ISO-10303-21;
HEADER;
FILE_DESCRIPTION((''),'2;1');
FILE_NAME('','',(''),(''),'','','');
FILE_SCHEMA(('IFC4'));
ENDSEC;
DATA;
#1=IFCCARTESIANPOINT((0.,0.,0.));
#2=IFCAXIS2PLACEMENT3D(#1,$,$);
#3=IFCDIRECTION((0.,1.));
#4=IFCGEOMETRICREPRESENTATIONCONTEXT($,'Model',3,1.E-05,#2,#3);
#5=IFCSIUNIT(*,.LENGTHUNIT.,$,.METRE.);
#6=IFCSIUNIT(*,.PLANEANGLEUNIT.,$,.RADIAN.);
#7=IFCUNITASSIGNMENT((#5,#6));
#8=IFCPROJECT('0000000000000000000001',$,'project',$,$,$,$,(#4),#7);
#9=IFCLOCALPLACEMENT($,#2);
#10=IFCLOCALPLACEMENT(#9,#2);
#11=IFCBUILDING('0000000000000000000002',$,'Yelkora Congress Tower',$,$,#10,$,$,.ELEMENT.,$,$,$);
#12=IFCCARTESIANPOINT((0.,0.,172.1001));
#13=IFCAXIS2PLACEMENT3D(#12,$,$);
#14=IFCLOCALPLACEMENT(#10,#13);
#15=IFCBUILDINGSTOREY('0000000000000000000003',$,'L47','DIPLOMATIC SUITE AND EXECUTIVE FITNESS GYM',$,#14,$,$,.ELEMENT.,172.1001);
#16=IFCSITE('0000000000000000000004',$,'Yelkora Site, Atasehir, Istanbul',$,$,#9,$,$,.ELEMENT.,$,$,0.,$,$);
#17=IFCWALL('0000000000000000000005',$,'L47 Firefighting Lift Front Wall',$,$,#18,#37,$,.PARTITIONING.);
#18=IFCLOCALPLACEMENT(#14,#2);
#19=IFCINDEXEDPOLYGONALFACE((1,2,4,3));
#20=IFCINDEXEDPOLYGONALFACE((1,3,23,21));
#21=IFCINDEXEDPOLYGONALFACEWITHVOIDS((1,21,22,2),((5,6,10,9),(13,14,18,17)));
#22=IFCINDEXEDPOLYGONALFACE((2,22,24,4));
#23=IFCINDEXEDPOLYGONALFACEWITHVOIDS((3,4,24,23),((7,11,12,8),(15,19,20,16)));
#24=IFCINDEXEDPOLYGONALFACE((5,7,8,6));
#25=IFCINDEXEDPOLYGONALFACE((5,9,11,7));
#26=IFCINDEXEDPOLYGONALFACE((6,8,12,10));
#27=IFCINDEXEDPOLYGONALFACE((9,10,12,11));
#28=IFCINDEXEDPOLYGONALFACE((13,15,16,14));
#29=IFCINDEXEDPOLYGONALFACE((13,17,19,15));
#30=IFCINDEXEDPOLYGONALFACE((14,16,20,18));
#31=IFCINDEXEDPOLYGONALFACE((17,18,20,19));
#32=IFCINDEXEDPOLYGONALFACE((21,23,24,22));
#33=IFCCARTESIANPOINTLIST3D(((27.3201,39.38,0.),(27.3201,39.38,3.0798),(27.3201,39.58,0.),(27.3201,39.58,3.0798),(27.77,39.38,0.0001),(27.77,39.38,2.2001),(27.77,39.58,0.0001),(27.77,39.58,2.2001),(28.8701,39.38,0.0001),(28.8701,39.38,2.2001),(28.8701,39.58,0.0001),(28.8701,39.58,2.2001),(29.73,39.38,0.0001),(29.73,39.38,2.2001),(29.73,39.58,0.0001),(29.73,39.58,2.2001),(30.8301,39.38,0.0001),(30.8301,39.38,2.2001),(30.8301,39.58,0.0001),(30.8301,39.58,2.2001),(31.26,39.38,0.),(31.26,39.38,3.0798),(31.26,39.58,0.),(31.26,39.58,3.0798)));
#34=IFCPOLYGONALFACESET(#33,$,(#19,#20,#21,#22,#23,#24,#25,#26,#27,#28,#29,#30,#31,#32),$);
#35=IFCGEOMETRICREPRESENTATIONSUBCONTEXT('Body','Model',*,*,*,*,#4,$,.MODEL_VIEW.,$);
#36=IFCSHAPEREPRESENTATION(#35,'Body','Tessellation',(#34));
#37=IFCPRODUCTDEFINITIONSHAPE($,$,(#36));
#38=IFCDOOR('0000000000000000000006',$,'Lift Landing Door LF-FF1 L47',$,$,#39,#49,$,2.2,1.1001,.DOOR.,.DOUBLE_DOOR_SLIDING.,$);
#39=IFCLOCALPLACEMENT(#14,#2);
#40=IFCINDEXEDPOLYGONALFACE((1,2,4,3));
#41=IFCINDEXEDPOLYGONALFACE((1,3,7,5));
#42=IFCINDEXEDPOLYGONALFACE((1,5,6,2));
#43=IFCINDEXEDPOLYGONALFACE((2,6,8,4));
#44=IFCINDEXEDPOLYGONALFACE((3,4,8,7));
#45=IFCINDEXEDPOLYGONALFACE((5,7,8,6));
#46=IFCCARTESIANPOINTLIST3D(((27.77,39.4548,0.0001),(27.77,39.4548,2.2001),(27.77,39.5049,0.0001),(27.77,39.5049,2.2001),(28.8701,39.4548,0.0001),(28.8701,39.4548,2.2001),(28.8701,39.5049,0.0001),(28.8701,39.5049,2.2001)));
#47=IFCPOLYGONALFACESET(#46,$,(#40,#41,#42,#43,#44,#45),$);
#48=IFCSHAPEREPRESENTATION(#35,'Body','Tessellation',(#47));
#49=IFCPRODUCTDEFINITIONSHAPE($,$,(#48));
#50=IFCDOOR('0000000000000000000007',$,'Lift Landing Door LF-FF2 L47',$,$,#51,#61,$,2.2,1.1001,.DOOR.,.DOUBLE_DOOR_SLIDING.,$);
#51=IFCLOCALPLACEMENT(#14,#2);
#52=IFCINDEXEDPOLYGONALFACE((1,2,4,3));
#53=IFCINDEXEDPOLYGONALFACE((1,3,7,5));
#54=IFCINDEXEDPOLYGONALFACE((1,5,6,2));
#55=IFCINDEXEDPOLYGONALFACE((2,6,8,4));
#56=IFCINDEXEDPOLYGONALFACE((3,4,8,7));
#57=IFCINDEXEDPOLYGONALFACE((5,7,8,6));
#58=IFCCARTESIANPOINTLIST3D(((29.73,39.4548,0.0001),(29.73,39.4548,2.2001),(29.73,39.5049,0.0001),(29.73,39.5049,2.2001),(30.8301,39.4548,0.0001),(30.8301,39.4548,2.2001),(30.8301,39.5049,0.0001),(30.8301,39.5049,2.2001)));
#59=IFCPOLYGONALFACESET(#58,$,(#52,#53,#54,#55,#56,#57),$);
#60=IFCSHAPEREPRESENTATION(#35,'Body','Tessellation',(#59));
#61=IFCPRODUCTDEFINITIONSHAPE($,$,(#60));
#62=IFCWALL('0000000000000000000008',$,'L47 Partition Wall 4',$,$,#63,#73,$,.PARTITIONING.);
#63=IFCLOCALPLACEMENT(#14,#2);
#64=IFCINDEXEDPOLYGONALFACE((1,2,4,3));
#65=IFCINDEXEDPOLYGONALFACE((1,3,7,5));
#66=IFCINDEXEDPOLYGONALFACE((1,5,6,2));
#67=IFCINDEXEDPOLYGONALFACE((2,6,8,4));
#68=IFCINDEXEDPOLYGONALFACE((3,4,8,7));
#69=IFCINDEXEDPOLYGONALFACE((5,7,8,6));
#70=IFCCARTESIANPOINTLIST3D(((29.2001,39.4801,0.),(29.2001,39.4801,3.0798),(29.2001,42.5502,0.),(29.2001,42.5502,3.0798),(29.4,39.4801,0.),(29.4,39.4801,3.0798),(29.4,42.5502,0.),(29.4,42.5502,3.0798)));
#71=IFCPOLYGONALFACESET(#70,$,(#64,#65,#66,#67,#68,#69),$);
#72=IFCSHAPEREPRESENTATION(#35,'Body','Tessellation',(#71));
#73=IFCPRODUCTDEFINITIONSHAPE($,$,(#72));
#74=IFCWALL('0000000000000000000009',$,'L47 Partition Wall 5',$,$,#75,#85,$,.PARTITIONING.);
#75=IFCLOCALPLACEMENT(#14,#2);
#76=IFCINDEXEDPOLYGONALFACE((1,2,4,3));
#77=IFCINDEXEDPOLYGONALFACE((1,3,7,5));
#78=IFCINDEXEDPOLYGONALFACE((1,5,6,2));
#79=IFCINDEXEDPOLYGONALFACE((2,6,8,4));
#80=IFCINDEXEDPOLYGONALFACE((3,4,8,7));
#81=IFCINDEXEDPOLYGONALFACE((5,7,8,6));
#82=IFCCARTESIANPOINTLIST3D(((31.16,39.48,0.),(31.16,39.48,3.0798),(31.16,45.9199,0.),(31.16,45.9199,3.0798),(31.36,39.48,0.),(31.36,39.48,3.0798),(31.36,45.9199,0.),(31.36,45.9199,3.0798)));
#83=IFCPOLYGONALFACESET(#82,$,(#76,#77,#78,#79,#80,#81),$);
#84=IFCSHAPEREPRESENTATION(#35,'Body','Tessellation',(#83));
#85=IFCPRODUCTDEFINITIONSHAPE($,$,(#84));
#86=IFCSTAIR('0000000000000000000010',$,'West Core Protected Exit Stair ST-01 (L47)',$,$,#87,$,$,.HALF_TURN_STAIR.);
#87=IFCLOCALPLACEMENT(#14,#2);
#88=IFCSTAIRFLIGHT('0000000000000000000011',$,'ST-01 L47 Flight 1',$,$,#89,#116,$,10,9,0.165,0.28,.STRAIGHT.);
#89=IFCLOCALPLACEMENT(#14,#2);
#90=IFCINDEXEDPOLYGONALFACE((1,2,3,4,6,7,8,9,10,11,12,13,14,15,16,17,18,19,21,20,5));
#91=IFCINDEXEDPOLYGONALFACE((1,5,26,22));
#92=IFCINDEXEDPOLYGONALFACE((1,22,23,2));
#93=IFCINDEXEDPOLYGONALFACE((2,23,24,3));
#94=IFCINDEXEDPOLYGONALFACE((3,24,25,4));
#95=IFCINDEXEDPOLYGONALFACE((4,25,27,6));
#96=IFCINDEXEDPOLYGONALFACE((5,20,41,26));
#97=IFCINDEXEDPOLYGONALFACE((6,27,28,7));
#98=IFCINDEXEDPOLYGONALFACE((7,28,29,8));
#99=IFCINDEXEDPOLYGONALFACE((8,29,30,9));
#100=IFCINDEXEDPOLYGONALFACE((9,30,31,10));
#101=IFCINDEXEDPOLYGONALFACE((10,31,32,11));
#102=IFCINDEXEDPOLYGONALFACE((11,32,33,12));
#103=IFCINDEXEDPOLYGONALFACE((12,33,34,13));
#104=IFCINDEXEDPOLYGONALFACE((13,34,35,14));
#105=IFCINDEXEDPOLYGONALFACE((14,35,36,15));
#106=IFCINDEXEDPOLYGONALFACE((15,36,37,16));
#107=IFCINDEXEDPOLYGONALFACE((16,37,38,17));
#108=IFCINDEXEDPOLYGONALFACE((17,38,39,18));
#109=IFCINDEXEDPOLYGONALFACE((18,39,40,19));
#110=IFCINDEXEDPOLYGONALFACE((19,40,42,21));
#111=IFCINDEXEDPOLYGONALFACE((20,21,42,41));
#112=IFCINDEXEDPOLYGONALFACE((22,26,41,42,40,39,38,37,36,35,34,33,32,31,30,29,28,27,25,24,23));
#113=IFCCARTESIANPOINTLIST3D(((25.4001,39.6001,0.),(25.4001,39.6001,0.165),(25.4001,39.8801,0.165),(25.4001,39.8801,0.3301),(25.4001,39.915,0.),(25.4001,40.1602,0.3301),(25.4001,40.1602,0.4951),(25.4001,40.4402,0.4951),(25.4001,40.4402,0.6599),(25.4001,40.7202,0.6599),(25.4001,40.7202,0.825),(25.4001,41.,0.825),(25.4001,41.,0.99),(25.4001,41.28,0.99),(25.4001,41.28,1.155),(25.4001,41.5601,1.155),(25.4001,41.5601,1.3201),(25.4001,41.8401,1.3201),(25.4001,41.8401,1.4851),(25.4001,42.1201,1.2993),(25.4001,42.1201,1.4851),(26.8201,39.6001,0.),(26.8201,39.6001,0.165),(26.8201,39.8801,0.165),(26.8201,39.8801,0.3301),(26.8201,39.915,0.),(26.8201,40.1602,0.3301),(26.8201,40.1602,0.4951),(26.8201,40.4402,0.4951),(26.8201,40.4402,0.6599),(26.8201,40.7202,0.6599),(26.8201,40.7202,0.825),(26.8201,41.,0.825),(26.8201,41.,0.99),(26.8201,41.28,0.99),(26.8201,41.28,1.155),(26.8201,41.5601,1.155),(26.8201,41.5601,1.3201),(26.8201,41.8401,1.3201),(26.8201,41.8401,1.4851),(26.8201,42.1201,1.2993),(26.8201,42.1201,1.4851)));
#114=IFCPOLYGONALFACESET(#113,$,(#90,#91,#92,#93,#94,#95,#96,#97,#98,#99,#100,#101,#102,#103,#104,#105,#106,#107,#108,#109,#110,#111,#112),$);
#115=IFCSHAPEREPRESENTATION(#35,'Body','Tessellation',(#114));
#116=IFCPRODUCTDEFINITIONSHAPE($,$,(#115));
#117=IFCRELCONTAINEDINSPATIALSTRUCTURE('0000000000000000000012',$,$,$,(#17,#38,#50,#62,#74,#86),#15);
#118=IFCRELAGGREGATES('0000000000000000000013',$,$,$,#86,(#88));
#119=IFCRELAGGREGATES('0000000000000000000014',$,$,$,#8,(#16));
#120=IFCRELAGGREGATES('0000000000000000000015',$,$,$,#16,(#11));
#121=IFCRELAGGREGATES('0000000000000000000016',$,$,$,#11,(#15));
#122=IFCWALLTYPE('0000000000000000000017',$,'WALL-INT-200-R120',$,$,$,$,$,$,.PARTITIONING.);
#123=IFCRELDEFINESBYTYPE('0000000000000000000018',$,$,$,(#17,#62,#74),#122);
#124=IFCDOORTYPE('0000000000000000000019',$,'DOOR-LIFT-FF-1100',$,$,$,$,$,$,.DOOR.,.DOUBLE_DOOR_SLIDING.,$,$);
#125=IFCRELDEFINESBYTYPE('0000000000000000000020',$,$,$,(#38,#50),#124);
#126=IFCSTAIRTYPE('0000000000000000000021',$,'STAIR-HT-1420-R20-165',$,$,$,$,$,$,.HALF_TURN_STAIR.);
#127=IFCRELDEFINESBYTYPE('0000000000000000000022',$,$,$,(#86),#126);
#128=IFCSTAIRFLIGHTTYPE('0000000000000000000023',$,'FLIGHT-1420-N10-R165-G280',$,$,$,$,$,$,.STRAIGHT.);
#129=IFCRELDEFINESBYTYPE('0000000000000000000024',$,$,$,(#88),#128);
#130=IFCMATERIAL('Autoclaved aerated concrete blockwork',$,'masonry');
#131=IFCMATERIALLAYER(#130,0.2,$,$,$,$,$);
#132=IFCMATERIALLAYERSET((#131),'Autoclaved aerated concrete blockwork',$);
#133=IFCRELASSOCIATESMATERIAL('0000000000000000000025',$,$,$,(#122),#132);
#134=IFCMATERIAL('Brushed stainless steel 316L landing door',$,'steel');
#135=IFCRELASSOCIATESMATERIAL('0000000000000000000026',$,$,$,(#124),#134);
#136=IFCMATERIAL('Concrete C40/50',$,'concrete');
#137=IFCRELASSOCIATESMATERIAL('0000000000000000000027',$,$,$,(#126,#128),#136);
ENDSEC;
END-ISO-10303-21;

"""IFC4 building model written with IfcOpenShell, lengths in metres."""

from ifc_helpers import new_model, si_unit, direction, frame, frame_2d, origin, place, context, subcontext, project, spatial, polyline, rectangle, outline, extrude, material, layer, layer_set, type_object, element, fill, aggregate, save


model = new_model("IFC4")

# Units and contexts
model_context = context("Model", 3, precision=1e-05, world=origin(), true_north=direction((0.0, 1.0)))
body_context = subcontext(model_context, "Body", "Model", "MODEL_VIEW")
ifc_project = project(units=[si_unit("LENGTHUNIT", "METRE"), si_unit("PLANEANGLEUNIT", "RADIAN")], contexts=[model_context])

# Site, building, storey
site_placement = place(None, origin())
site = spatial("IfcSite", under=ifc_project, at=site_placement, Name="Yelkora Site, Atasehir, Istanbul", CompositionType="ELEMENT", RefElevation=0.0)
building_placement = place(site_placement, origin())
building = spatial("IfcBuilding", under=site, at=building_placement, Name="Yelkora Congress Tower", CompositionType="ELEMENT")
storey_placement = place(building_placement, frame((0.0, 0.0, 172.1001)))
storey = spatial("IfcBuildingStorey", under=building, at=storey_placement, Name="L47", Description="DIPLOMATIC SUITE AND EXECUTIVE FITNESS GYM", CompositionType="ELEMENT", Elevation=172.1001)

# Shared definitions
ifc_material_1 = material(Name="Autoclaved aerated concrete blockwork", Category="masonry")
ifc_layer_1 = layer(ifc_material_1, 0.2)
ifc_layer_set_1 = layer_set([ifc_layer_1], Name="Autoclaved aerated concrete blockwork")
wall_type_1 = type_object("IfcWallType", Name="WALL-INT-200-R120", PredefinedType="PARTITIONING", material=ifc_layer_set_1)

# Wall, openings, doors
wall_1_placement = place(storey_placement, frame((27.3201, 39.48, 0.0), z_axis=(0.0, 0.0, 1.0), x_axis=(1.0, 0.0, 0.0)))
wall_1 = element("IfcWall", 1, at=wall_1_placement, inside=storey, type_object=wall_type_1, Name="L47 Firefighting Lift Front Wall", PredefinedType="PARTITIONING", context=body_context, shape_type="SweptSolid", body=[
    extrude(rectangle(XDim=3.9399, YDim=0.2, at=frame_2d((1.97, 0.0))), origin(), (0.0, 0.0, 1.0), 3.0798),
])
opening_1_placement = place(wall_1_placement, frame((0.45, 0.0, 0.0)))
opening_1 = element("IfcOpeningElement", 2, at=opening_1_placement, cuts=wall_1, PredefinedType="OPENING", context=body_context, shape_type="SweptSolid", body=[
    extrude(rectangle(XDim=1.1001, YDim=2.2, at=frame_2d((0.55, 1.1001))), frame((0.0, 0.1099, 0.0), z_axis=(0.0, -1.0, 0.0), x_axis=(1.0, 0.0, 0.0)), (0.0, 0.0, 1.0), 0.22),
])
opening_2_placement = place(wall_1_placement, frame((2.4099, 0.0, 0.0)))
opening_2 = element("IfcOpeningElement", 3, at=opening_2_placement, cuts=wall_1, PredefinedType="OPENING", context=body_context, shape_type="SweptSolid", body=[
    extrude(rectangle(XDim=1.1001, YDim=2.2, at=frame_2d((0.55, 1.1001))), frame((0.0, 0.1099, 0.0), z_axis=(0.0, -1.0, 0.0), x_axis=(1.0, 0.0, 0.0)), (0.0, 0.0, 1.0), 0.22),
])
ifc_material_2 = material(Name="Brushed stainless steel 316L landing door", Category="steel")
door_type_1 = type_object("IfcDoorType", Name="DOOR-LIFT-FF-1100", OperationType="DOUBLE_DOOR_SLIDING", PredefinedType="DOOR", material=ifc_material_2)
door_1_placement = place(opening_1_placement, origin())
door_1 = element("IfcDoor", 4, at=door_1_placement, inside=storey, type_object=door_type_1, Name="Lift Landing Door LF-FF1 L47", OperationType="DOUBLE_DOOR_SLIDING", OverallHeight=2.2, OverallWidth=1.1001, PredefinedType="DOOR", context=body_context, shape_type="SweptSolid", body=[
    extrude(rectangle(XDim=1.1001, YDim=2.2, at=frame_2d((0.55, 1.1001))), frame((0.0, 0.0249, 0.0), z_axis=(0.0, -1.0, 0.0), x_axis=(1.0, 0.0, 0.0)), (0.0, 0.0, 1.0), 0.05),
])
fill(opening_1, door_1)
door_2_placement = place(opening_2_placement, origin())
door_2 = element("IfcDoor", 5, at=door_2_placement, inside=storey, type_object=door_type_1, Name="Lift Landing Door LF-FF2 L47", OperationType="DOUBLE_DOOR_SLIDING", OverallHeight=2.2, OverallWidth=1.1001, PredefinedType="DOOR", context=body_context, shape_type="SweptSolid", body=[
    extrude(rectangle(XDim=1.1001, YDim=2.2, at=frame_2d((0.55, 1.1001))), frame((0.0, 0.0249, 0.0), z_axis=(0.0, -1.0, 0.0), x_axis=(1.0, 0.0, 0.0)), (0.0, 0.0, 1.0), 0.05),
])
fill(opening_2, door_2)

# Walls
wall_2_placement = place(storey_placement, frame((29.3, 39.48, 0.0), z_axis=(0.0, 0.0, 1.0), x_axis=(0.0, 1.0, 0.0)))
element("IfcWall", 6, at=wall_2_placement, inside=storey, type_object=wall_type_1, Name="L47 Partition Wall 4", PredefinedType="PARTITIONING", context=body_context, shape_type="SweptSolid", body=[
    extrude(rectangle(XDim=3.0701, YDim=0.2, at=frame_2d((1.5352, 0.0))), origin(), (0.0, 0.0, 1.0), 3.0798),
])
wall_3_placement = place(storey_placement, frame((31.26, 39.48, 0.0), z_axis=(0.0, 0.0, 1.0), x_axis=(0.0, 1.0, 0.0)))
element("IfcWall", 7, at=wall_3_placement, inside=storey, type_object=wall_type_1, Name="L47 Partition Wall 5", PredefinedType="PARTITIONING", context=body_context, shape_type="SweptSolid", body=[
    extrude(rectangle(XDim=6.4399, YDim=0.2, at=frame_2d((3.22, 0.0))), origin(), (0.0, 0.0, 1.0), 3.0798),
])

# Stair, stair flight
ifc_material_3 = material(Name="Concrete C40/50", Category="concrete")
stair_type = type_object("IfcStairType", Name="STAIR-HT-1420-R20-165", PredefinedType="HALF_TURN_STAIR", material=ifc_material_3)
stair_placement = place(storey_placement, origin())
stair = element("IfcStair", 8, at=stair_placement, inside=storey, type_object=stair_type, Name="West Core Protected Exit Stair ST-01 (L47)", PredefinedType="HALF_TURN_STAIR")
stair_flight_type = type_object("IfcStairFlightType", Name="FLIGHT-1420-N10-R165-G280", PredefinedType="STRAIGHT", material=ifc_material_3)
stair_flight_placement = place(storey_placement, frame((26.1101, 39.6001, 0.0), z_axis=(0.0, 0.0, 1.0), x_axis=(0.0, 1.0, 0.0)))
stair_flight = element("IfcStairFlight", 9, at=stair_flight_placement, type_object=stair_flight_type, Name="ST-01 L47 Flight 1", NumberOfRisers=10, NumberOfTreads=9, PredefinedType="STRAIGHT", RiserHeight=0.165, TreadLength=0.28, context=body_context, shape_type="SweptSolid", body=[
    extrude(outline(polyline([(0.0, 0.0), (0.0, 0.165), (0.28, 0.165), (0.28, 0.3301), (0.5601, 0.3301), (0.5601, 0.4951), (0.8401, 0.4951), (0.8401, 0.6599), (1.1201, 0.6599), (1.1201, 0.825), (1.3999, 0.825), (1.3999, 0.99), (1.6799, 0.99), (1.6799, 1.155), (1.96, 1.155), (1.96, 1.3201), (2.24, 1.3201), (2.24, 1.4851), (2.52, 1.4851), (2.52, 1.6499), (2.52, 1.2993), (0.3149, 0.0), (0.0, 0.0)])), frame((0.0, 0.71, 0.0), z_axis=(0.0, -1.0, 0.0), x_axis=(1.0, 0.0, 0.0)), (0.0, 0.0, 1.0), 1.4199),
])
aggregate(stair, [stair_flight])

save(model, "model.ifc")
